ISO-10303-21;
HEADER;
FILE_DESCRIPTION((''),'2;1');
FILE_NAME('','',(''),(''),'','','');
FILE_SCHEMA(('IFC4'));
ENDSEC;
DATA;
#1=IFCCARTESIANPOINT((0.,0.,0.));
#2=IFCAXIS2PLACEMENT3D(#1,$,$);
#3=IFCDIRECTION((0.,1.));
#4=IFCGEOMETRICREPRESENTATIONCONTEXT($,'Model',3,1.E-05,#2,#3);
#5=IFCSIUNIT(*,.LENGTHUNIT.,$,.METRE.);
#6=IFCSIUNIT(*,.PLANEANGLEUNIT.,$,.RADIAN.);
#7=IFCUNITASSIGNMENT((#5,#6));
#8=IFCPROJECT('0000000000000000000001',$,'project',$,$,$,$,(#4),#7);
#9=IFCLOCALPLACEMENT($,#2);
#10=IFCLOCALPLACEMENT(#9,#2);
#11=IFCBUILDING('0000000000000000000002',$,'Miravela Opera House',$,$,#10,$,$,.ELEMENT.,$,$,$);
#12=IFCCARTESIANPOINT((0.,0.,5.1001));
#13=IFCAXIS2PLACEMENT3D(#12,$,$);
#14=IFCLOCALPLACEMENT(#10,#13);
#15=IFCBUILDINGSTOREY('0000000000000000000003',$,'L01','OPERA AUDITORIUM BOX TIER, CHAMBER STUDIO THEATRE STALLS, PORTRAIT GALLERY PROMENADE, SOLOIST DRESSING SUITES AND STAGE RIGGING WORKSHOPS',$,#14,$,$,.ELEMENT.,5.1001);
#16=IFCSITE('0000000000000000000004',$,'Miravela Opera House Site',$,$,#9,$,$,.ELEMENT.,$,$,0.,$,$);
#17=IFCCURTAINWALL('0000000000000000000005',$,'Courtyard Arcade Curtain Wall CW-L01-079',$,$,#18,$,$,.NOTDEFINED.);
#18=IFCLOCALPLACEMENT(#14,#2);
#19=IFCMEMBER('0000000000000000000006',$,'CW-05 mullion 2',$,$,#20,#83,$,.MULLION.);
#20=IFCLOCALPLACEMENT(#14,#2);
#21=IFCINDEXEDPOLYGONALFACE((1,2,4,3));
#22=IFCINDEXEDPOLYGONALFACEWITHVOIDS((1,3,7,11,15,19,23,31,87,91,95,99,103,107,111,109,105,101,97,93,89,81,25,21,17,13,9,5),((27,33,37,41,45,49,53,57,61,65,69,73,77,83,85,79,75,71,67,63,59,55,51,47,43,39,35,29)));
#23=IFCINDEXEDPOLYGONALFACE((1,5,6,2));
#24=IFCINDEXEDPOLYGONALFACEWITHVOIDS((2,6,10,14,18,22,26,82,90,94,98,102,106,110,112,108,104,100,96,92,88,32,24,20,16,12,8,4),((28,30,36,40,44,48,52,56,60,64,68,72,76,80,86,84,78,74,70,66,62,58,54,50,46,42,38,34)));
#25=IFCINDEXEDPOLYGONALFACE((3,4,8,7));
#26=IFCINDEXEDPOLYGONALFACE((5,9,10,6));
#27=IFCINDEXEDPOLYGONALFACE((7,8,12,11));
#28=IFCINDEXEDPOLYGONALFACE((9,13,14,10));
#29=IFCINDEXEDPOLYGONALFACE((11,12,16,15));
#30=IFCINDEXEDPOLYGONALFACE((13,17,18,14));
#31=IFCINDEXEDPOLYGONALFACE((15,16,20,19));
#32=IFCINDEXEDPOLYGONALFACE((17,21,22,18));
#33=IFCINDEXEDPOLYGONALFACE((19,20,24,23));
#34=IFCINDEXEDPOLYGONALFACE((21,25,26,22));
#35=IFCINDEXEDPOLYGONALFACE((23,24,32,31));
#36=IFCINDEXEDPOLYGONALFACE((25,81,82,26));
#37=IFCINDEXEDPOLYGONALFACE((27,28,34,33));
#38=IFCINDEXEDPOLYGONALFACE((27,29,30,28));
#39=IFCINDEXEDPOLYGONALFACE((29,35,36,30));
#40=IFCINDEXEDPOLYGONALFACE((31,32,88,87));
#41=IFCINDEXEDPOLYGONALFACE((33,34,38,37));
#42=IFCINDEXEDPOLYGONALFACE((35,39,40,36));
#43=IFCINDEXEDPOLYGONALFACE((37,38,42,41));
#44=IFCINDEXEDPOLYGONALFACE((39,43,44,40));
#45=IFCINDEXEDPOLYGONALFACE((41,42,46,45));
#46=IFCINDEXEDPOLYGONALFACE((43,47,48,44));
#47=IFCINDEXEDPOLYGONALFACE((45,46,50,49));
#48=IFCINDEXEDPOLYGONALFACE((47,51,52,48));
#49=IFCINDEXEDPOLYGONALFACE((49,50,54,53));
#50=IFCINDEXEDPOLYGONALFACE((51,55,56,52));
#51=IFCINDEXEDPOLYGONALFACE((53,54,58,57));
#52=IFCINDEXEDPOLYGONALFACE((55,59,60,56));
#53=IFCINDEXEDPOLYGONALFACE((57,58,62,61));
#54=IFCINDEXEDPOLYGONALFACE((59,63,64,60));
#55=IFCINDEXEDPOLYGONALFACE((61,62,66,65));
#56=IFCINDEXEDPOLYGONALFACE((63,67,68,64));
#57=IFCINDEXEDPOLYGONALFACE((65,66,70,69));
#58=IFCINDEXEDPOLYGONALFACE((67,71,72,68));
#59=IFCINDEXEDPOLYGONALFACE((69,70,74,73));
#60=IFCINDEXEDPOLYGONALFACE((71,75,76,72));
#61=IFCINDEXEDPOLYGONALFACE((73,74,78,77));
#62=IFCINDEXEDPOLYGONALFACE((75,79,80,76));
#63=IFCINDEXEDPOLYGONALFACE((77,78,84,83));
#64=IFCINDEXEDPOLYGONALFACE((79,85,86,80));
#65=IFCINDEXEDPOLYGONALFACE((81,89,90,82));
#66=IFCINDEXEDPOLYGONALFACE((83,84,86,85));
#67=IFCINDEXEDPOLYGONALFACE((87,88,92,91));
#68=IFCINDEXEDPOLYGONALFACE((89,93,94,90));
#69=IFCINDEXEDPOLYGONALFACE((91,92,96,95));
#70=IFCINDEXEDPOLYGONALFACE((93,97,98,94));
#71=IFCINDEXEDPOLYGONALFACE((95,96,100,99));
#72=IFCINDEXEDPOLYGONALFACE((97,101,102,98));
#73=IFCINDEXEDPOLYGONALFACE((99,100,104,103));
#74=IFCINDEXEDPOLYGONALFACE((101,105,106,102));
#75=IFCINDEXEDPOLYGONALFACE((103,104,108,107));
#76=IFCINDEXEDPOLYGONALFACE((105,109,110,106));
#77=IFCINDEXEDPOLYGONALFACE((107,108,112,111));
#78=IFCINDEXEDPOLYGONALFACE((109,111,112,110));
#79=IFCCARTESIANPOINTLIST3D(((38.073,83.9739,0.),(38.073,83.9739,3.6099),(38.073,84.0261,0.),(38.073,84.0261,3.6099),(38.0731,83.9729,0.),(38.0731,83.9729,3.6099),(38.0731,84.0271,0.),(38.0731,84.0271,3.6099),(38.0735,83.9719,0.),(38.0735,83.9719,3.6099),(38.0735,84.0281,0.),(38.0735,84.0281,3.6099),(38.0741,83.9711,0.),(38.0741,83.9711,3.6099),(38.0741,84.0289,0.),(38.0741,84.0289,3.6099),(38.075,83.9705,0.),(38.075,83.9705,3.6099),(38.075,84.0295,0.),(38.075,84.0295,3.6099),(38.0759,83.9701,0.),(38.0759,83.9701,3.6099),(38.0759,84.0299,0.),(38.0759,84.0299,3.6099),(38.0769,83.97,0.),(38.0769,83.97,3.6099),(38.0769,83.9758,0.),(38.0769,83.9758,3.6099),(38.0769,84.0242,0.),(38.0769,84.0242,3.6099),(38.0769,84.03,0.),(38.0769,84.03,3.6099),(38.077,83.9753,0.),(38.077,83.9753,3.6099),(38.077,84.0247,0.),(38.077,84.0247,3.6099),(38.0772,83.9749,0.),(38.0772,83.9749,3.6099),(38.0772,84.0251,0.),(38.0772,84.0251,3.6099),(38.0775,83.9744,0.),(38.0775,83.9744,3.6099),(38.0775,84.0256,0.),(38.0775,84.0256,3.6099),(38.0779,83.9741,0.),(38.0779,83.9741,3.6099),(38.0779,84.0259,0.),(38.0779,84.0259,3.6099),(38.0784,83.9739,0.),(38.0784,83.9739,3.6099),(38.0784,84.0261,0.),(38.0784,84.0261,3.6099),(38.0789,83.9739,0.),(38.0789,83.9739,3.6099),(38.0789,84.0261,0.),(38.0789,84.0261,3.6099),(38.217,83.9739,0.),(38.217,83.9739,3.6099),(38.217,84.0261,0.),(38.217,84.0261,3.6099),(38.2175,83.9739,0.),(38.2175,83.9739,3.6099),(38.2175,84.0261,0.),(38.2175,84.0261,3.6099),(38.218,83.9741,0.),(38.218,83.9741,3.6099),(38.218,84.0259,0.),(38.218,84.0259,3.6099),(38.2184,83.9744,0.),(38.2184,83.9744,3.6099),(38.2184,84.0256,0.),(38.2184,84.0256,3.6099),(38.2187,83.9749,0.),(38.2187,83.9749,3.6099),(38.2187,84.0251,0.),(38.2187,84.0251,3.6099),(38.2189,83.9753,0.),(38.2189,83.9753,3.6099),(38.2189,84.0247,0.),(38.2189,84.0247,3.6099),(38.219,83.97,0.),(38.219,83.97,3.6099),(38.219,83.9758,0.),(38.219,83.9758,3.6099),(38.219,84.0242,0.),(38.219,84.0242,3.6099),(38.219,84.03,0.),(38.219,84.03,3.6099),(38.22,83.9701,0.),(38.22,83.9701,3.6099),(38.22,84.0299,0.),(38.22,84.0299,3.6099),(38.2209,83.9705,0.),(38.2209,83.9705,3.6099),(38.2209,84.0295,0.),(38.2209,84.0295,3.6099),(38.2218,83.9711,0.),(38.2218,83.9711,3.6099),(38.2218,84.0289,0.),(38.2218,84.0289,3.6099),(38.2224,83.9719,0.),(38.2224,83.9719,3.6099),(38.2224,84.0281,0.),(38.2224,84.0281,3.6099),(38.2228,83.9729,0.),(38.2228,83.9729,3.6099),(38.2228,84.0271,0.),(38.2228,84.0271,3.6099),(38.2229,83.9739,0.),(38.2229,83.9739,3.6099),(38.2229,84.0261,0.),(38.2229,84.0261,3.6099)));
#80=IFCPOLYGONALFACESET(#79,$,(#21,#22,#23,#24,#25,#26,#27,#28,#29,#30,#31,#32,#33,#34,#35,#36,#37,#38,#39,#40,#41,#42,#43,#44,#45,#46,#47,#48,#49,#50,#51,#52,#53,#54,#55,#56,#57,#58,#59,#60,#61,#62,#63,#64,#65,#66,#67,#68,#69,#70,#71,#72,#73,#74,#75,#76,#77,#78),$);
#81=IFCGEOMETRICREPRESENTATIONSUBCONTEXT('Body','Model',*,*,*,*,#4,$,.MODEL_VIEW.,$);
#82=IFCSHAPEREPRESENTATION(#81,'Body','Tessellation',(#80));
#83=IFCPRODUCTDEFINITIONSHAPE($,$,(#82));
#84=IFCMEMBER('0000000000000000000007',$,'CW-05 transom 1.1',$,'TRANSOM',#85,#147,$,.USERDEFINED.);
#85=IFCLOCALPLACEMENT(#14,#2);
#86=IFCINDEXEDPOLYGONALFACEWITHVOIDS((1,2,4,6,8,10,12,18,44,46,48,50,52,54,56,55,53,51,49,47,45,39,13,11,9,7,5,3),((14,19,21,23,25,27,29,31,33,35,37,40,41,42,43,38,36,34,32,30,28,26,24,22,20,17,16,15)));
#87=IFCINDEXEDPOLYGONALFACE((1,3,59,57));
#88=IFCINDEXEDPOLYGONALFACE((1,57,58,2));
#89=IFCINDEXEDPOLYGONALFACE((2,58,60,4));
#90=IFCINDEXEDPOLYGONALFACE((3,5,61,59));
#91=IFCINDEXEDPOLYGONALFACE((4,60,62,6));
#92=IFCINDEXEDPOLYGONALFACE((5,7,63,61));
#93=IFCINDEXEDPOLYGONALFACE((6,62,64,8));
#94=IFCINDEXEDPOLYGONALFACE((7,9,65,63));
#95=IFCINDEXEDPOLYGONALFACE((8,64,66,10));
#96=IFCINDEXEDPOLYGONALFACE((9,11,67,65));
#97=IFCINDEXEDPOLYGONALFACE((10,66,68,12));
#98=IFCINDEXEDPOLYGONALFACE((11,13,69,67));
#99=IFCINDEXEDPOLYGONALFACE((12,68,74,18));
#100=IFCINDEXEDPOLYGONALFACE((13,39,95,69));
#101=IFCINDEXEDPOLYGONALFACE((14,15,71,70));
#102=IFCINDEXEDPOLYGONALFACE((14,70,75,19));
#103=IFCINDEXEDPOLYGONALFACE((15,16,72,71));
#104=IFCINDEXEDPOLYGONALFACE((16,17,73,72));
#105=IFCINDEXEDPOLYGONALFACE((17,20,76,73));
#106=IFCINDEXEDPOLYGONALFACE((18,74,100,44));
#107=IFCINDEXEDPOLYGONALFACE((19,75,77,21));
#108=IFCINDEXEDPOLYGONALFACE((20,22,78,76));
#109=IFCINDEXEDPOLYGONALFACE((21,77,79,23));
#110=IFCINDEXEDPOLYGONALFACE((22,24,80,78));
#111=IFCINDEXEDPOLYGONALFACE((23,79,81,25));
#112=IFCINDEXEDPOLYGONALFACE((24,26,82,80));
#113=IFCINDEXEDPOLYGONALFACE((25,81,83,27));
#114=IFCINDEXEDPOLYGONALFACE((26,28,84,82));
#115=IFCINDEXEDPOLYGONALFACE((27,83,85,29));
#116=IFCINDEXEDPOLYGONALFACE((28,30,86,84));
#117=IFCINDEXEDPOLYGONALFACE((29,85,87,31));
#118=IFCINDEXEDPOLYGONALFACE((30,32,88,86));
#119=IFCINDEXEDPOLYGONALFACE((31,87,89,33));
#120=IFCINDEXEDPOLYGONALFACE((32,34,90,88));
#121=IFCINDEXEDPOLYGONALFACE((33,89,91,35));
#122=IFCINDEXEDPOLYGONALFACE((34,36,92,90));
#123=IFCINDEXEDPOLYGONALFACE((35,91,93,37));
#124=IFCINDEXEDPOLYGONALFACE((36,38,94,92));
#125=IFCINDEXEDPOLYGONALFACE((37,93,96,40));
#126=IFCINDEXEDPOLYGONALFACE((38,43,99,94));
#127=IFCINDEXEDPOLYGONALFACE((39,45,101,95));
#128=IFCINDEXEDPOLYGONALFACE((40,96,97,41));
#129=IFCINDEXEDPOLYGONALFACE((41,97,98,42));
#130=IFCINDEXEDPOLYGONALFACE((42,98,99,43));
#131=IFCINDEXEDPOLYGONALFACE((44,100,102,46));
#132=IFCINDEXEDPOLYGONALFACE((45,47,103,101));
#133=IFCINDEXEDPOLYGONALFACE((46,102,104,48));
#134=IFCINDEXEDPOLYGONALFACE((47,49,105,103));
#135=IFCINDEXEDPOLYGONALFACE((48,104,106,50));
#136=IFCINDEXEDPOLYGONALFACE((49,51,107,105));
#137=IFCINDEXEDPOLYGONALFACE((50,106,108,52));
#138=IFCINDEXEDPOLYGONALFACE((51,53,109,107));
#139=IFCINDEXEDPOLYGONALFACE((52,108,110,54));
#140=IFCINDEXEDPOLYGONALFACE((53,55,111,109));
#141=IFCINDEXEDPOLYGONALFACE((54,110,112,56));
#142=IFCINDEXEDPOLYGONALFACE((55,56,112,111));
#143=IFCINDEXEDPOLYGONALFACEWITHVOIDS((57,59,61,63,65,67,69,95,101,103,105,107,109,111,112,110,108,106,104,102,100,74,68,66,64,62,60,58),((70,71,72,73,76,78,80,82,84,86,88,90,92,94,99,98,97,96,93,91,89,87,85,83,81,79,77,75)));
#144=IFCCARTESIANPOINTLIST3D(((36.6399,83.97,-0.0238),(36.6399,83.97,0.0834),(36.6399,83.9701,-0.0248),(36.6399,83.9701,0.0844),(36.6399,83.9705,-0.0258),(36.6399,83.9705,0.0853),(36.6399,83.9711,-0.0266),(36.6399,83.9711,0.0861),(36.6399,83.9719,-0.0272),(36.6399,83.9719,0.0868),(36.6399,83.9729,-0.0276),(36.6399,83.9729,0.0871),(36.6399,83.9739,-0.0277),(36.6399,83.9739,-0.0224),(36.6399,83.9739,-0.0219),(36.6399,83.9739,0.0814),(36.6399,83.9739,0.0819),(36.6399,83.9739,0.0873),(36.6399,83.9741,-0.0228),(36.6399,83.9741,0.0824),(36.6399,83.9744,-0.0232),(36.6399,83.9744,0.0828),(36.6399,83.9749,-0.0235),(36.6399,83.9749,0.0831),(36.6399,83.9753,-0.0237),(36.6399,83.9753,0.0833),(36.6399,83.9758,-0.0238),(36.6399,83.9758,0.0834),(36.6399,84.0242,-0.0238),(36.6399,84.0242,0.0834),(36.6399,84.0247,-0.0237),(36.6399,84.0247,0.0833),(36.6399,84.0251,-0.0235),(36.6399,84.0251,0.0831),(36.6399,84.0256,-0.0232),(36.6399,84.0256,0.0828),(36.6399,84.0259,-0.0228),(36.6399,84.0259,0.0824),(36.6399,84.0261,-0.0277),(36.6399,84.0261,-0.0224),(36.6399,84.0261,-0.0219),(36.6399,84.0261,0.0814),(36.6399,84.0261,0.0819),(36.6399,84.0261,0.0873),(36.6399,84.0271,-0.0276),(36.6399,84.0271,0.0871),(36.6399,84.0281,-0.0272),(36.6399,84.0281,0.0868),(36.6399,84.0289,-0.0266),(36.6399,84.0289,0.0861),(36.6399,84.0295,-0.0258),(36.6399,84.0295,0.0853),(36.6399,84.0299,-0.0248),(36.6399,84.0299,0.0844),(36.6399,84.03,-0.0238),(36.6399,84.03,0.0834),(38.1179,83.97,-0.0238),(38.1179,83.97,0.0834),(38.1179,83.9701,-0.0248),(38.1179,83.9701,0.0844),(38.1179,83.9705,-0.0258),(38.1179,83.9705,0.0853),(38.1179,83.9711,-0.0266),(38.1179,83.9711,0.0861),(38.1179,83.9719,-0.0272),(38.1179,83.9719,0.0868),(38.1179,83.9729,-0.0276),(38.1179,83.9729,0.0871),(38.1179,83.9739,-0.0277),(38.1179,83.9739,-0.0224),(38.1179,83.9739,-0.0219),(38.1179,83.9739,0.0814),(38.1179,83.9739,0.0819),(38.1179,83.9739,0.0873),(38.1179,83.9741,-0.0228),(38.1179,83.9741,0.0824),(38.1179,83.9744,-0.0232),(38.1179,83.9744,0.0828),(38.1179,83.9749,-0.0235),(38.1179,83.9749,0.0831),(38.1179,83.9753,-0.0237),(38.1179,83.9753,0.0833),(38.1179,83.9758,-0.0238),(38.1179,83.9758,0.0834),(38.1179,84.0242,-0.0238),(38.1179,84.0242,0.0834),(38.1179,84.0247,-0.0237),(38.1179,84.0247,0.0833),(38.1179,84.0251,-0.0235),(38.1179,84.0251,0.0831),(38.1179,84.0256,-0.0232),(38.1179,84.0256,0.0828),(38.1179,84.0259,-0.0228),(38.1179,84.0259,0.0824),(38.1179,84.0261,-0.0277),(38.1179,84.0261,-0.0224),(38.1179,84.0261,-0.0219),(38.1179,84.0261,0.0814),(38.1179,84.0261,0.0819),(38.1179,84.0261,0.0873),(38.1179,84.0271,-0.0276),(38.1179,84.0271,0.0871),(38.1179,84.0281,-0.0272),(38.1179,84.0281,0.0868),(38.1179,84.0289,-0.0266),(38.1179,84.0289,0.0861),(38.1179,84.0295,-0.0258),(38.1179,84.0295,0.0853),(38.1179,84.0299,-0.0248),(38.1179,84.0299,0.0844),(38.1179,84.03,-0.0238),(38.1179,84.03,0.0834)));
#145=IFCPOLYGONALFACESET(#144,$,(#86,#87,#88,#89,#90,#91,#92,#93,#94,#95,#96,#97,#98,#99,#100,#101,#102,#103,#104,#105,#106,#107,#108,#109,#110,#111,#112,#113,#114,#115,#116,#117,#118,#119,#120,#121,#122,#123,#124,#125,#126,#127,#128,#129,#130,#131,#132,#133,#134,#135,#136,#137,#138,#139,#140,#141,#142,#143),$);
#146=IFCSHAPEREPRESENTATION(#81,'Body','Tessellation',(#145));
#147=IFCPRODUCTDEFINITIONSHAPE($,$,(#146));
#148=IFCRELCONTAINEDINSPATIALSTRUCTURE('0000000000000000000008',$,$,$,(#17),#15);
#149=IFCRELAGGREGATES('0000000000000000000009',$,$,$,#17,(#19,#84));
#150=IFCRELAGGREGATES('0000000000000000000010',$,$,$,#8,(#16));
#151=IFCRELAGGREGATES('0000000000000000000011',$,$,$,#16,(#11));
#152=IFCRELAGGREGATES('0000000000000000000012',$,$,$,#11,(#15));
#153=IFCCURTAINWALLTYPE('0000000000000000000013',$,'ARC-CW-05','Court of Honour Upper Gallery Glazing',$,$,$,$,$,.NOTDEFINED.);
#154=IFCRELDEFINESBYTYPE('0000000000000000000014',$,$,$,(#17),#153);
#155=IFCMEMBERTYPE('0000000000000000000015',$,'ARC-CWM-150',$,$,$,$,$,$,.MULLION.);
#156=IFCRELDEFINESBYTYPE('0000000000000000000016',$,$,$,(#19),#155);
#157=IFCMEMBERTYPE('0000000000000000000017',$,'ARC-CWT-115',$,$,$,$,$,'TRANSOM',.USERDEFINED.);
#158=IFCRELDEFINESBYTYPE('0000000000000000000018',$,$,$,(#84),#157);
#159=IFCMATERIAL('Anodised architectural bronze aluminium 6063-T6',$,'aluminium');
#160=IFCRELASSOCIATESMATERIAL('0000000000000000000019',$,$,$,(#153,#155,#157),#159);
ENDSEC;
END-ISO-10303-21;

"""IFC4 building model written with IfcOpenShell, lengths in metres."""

from ifc_helpers import new_model, si_unit, direction, frame, origin, origin_2d, place, context, subcontext, project, spatial, hollow_rectangle, extrude, material, material_profile, profile_set, type_object, element, aggregate, save


model = new_model("IFC4")

# Units and contexts
model_context = context("Model", 3, precision=1e-05, world=origin(), true_north=direction((0.0, 1.0)))
body_context = subcontext(model_context, "Body", "Model", "MODEL_VIEW")
ifc_project = project(units=[si_unit("LENGTHUNIT", "METRE"), si_unit("PLANEANGLEUNIT", "RADIAN")], contexts=[model_context])

# Site, building, storey
site_placement = place(None, origin())
site = spatial("IfcSite", under=ifc_project, at=site_placement, Name="Miravela Opera House Site", CompositionType="ELEMENT", RefElevation=0.0)
building_placement = place(site_placement, origin())
building = spatial("IfcBuilding", under=site, at=building_placement, Name="Miravela Opera House", CompositionType="ELEMENT")
storey_placement = place(building_placement, frame((0.0, 0.0, 5.1001)))
storey = spatial("IfcBuildingStorey", under=building, at=storey_placement, Name="L01", Description="OPERA AUDITORIUM BOX TIER, CHAMBER STUDIO THEATRE STALLS, PORTRAIT GALLERY PROMENADE, SOLOIST DRESSING SUITES AND STAGE RIGGING WORKSHOPS", CompositionType="ELEMENT", Elevation=5.1001)

# Shared definitions
ifc_material_1 = material(Name="Anodised architectural bronze aluminium 6063-T6", Category="aluminium")
curtain_wall_type = type_object("IfcCurtainWallType", Name="ARC-CW-05", Description="Court of Honour Upper Gallery Glazing", PredefinedType="NOTDEFINED", material=ifc_material_1)
ifc_material_profile_1 = material_profile(ifc_material_1, hollow_rectangle(XDim=0.0601, YDim=0.1499, WallThickness=0.0039, InnerFilletRadius=0.002, OuterFilletRadius=0.0039, at=origin_2d()), Name="CWM-60X150")
ifc_profile_set_1 = profile_set([ifc_material_profile_1])
member_type_1 = type_object("IfcMemberType", Name="ARC-CWM-150", PredefinedType="MULLION", material=ifc_profile_set_1)

# Curtain wall, members
curtain_wall_1_placement = place(storey_placement, origin())
curtain_wall_1 = element("IfcCurtainWall", 1, at=curtain_wall_1_placement, inside=storey, type_object=curtain_wall_type, Name="Courtyard Arcade Curtain Wall CW-L01-079", PredefinedType="NOTDEFINED")
member_1_placement = place(storey_placement, frame((38.1479, 84.0, 0.0), z_axis=(0.0, 0.0, 1.0), x_axis=(0.0, 1.0, 0.0)))
member_1 = element("IfcMember", 2, at=member_1_placement, type_object=member_type_1, Name="CW-05 mullion 2", PredefinedType="MULLION", context=body_context, shape_type="SweptSolid", body=[
    extrude(hollow_rectangle(XDim=0.0601, YDim=0.1499, WallThickness=0.0039, InnerFilletRadius=0.002, OuterFilletRadius=0.0039, at=origin_2d()), origin(), (0.0, 0.0, 1.0), 3.6099),
])
ifc_material_profile_2 = material_profile(ifc_material_1, hollow_rectangle(XDim=0.0601, YDim=0.115, WallThickness=0.0039, InnerFilletRadius=0.002, OuterFilletRadius=0.0039, at=origin_2d()), Name="CWT-60X115")
ifc_profile_set_2 = profile_set([ifc_material_profile_2])
member_type_2 = type_object("IfcMemberType", Name="ARC-CWT-115", ElementType="TRANSOM", PredefinedType="USERDEFINED", material=ifc_profile_set_2)
member_2_placement = place(storey_placement, frame((36.6399, 84.0, 0.0298), z_axis=(1.0, 0.0, 0.0), x_axis=(0.0, 1.0, 0.0)))
member_2 = element("IfcMember", 3, at=member_2_placement, type_object=member_type_2, Name="CW-05 transom 1.1", ObjectType="TRANSOM", PredefinedType="USERDEFINED", context=body_context, shape_type="SweptSolid", body=[
    extrude(hollow_rectangle(XDim=0.0601, YDim=0.115, WallThickness=0.0039, InnerFilletRadius=0.002, OuterFilletRadius=0.0039, at=origin_2d()), origin(), (0.0, 0.0, 1.0), 1.478),
])

aggregate(curtain_wall_1, [member_1, member_2])

save(model, "model.ifc")
